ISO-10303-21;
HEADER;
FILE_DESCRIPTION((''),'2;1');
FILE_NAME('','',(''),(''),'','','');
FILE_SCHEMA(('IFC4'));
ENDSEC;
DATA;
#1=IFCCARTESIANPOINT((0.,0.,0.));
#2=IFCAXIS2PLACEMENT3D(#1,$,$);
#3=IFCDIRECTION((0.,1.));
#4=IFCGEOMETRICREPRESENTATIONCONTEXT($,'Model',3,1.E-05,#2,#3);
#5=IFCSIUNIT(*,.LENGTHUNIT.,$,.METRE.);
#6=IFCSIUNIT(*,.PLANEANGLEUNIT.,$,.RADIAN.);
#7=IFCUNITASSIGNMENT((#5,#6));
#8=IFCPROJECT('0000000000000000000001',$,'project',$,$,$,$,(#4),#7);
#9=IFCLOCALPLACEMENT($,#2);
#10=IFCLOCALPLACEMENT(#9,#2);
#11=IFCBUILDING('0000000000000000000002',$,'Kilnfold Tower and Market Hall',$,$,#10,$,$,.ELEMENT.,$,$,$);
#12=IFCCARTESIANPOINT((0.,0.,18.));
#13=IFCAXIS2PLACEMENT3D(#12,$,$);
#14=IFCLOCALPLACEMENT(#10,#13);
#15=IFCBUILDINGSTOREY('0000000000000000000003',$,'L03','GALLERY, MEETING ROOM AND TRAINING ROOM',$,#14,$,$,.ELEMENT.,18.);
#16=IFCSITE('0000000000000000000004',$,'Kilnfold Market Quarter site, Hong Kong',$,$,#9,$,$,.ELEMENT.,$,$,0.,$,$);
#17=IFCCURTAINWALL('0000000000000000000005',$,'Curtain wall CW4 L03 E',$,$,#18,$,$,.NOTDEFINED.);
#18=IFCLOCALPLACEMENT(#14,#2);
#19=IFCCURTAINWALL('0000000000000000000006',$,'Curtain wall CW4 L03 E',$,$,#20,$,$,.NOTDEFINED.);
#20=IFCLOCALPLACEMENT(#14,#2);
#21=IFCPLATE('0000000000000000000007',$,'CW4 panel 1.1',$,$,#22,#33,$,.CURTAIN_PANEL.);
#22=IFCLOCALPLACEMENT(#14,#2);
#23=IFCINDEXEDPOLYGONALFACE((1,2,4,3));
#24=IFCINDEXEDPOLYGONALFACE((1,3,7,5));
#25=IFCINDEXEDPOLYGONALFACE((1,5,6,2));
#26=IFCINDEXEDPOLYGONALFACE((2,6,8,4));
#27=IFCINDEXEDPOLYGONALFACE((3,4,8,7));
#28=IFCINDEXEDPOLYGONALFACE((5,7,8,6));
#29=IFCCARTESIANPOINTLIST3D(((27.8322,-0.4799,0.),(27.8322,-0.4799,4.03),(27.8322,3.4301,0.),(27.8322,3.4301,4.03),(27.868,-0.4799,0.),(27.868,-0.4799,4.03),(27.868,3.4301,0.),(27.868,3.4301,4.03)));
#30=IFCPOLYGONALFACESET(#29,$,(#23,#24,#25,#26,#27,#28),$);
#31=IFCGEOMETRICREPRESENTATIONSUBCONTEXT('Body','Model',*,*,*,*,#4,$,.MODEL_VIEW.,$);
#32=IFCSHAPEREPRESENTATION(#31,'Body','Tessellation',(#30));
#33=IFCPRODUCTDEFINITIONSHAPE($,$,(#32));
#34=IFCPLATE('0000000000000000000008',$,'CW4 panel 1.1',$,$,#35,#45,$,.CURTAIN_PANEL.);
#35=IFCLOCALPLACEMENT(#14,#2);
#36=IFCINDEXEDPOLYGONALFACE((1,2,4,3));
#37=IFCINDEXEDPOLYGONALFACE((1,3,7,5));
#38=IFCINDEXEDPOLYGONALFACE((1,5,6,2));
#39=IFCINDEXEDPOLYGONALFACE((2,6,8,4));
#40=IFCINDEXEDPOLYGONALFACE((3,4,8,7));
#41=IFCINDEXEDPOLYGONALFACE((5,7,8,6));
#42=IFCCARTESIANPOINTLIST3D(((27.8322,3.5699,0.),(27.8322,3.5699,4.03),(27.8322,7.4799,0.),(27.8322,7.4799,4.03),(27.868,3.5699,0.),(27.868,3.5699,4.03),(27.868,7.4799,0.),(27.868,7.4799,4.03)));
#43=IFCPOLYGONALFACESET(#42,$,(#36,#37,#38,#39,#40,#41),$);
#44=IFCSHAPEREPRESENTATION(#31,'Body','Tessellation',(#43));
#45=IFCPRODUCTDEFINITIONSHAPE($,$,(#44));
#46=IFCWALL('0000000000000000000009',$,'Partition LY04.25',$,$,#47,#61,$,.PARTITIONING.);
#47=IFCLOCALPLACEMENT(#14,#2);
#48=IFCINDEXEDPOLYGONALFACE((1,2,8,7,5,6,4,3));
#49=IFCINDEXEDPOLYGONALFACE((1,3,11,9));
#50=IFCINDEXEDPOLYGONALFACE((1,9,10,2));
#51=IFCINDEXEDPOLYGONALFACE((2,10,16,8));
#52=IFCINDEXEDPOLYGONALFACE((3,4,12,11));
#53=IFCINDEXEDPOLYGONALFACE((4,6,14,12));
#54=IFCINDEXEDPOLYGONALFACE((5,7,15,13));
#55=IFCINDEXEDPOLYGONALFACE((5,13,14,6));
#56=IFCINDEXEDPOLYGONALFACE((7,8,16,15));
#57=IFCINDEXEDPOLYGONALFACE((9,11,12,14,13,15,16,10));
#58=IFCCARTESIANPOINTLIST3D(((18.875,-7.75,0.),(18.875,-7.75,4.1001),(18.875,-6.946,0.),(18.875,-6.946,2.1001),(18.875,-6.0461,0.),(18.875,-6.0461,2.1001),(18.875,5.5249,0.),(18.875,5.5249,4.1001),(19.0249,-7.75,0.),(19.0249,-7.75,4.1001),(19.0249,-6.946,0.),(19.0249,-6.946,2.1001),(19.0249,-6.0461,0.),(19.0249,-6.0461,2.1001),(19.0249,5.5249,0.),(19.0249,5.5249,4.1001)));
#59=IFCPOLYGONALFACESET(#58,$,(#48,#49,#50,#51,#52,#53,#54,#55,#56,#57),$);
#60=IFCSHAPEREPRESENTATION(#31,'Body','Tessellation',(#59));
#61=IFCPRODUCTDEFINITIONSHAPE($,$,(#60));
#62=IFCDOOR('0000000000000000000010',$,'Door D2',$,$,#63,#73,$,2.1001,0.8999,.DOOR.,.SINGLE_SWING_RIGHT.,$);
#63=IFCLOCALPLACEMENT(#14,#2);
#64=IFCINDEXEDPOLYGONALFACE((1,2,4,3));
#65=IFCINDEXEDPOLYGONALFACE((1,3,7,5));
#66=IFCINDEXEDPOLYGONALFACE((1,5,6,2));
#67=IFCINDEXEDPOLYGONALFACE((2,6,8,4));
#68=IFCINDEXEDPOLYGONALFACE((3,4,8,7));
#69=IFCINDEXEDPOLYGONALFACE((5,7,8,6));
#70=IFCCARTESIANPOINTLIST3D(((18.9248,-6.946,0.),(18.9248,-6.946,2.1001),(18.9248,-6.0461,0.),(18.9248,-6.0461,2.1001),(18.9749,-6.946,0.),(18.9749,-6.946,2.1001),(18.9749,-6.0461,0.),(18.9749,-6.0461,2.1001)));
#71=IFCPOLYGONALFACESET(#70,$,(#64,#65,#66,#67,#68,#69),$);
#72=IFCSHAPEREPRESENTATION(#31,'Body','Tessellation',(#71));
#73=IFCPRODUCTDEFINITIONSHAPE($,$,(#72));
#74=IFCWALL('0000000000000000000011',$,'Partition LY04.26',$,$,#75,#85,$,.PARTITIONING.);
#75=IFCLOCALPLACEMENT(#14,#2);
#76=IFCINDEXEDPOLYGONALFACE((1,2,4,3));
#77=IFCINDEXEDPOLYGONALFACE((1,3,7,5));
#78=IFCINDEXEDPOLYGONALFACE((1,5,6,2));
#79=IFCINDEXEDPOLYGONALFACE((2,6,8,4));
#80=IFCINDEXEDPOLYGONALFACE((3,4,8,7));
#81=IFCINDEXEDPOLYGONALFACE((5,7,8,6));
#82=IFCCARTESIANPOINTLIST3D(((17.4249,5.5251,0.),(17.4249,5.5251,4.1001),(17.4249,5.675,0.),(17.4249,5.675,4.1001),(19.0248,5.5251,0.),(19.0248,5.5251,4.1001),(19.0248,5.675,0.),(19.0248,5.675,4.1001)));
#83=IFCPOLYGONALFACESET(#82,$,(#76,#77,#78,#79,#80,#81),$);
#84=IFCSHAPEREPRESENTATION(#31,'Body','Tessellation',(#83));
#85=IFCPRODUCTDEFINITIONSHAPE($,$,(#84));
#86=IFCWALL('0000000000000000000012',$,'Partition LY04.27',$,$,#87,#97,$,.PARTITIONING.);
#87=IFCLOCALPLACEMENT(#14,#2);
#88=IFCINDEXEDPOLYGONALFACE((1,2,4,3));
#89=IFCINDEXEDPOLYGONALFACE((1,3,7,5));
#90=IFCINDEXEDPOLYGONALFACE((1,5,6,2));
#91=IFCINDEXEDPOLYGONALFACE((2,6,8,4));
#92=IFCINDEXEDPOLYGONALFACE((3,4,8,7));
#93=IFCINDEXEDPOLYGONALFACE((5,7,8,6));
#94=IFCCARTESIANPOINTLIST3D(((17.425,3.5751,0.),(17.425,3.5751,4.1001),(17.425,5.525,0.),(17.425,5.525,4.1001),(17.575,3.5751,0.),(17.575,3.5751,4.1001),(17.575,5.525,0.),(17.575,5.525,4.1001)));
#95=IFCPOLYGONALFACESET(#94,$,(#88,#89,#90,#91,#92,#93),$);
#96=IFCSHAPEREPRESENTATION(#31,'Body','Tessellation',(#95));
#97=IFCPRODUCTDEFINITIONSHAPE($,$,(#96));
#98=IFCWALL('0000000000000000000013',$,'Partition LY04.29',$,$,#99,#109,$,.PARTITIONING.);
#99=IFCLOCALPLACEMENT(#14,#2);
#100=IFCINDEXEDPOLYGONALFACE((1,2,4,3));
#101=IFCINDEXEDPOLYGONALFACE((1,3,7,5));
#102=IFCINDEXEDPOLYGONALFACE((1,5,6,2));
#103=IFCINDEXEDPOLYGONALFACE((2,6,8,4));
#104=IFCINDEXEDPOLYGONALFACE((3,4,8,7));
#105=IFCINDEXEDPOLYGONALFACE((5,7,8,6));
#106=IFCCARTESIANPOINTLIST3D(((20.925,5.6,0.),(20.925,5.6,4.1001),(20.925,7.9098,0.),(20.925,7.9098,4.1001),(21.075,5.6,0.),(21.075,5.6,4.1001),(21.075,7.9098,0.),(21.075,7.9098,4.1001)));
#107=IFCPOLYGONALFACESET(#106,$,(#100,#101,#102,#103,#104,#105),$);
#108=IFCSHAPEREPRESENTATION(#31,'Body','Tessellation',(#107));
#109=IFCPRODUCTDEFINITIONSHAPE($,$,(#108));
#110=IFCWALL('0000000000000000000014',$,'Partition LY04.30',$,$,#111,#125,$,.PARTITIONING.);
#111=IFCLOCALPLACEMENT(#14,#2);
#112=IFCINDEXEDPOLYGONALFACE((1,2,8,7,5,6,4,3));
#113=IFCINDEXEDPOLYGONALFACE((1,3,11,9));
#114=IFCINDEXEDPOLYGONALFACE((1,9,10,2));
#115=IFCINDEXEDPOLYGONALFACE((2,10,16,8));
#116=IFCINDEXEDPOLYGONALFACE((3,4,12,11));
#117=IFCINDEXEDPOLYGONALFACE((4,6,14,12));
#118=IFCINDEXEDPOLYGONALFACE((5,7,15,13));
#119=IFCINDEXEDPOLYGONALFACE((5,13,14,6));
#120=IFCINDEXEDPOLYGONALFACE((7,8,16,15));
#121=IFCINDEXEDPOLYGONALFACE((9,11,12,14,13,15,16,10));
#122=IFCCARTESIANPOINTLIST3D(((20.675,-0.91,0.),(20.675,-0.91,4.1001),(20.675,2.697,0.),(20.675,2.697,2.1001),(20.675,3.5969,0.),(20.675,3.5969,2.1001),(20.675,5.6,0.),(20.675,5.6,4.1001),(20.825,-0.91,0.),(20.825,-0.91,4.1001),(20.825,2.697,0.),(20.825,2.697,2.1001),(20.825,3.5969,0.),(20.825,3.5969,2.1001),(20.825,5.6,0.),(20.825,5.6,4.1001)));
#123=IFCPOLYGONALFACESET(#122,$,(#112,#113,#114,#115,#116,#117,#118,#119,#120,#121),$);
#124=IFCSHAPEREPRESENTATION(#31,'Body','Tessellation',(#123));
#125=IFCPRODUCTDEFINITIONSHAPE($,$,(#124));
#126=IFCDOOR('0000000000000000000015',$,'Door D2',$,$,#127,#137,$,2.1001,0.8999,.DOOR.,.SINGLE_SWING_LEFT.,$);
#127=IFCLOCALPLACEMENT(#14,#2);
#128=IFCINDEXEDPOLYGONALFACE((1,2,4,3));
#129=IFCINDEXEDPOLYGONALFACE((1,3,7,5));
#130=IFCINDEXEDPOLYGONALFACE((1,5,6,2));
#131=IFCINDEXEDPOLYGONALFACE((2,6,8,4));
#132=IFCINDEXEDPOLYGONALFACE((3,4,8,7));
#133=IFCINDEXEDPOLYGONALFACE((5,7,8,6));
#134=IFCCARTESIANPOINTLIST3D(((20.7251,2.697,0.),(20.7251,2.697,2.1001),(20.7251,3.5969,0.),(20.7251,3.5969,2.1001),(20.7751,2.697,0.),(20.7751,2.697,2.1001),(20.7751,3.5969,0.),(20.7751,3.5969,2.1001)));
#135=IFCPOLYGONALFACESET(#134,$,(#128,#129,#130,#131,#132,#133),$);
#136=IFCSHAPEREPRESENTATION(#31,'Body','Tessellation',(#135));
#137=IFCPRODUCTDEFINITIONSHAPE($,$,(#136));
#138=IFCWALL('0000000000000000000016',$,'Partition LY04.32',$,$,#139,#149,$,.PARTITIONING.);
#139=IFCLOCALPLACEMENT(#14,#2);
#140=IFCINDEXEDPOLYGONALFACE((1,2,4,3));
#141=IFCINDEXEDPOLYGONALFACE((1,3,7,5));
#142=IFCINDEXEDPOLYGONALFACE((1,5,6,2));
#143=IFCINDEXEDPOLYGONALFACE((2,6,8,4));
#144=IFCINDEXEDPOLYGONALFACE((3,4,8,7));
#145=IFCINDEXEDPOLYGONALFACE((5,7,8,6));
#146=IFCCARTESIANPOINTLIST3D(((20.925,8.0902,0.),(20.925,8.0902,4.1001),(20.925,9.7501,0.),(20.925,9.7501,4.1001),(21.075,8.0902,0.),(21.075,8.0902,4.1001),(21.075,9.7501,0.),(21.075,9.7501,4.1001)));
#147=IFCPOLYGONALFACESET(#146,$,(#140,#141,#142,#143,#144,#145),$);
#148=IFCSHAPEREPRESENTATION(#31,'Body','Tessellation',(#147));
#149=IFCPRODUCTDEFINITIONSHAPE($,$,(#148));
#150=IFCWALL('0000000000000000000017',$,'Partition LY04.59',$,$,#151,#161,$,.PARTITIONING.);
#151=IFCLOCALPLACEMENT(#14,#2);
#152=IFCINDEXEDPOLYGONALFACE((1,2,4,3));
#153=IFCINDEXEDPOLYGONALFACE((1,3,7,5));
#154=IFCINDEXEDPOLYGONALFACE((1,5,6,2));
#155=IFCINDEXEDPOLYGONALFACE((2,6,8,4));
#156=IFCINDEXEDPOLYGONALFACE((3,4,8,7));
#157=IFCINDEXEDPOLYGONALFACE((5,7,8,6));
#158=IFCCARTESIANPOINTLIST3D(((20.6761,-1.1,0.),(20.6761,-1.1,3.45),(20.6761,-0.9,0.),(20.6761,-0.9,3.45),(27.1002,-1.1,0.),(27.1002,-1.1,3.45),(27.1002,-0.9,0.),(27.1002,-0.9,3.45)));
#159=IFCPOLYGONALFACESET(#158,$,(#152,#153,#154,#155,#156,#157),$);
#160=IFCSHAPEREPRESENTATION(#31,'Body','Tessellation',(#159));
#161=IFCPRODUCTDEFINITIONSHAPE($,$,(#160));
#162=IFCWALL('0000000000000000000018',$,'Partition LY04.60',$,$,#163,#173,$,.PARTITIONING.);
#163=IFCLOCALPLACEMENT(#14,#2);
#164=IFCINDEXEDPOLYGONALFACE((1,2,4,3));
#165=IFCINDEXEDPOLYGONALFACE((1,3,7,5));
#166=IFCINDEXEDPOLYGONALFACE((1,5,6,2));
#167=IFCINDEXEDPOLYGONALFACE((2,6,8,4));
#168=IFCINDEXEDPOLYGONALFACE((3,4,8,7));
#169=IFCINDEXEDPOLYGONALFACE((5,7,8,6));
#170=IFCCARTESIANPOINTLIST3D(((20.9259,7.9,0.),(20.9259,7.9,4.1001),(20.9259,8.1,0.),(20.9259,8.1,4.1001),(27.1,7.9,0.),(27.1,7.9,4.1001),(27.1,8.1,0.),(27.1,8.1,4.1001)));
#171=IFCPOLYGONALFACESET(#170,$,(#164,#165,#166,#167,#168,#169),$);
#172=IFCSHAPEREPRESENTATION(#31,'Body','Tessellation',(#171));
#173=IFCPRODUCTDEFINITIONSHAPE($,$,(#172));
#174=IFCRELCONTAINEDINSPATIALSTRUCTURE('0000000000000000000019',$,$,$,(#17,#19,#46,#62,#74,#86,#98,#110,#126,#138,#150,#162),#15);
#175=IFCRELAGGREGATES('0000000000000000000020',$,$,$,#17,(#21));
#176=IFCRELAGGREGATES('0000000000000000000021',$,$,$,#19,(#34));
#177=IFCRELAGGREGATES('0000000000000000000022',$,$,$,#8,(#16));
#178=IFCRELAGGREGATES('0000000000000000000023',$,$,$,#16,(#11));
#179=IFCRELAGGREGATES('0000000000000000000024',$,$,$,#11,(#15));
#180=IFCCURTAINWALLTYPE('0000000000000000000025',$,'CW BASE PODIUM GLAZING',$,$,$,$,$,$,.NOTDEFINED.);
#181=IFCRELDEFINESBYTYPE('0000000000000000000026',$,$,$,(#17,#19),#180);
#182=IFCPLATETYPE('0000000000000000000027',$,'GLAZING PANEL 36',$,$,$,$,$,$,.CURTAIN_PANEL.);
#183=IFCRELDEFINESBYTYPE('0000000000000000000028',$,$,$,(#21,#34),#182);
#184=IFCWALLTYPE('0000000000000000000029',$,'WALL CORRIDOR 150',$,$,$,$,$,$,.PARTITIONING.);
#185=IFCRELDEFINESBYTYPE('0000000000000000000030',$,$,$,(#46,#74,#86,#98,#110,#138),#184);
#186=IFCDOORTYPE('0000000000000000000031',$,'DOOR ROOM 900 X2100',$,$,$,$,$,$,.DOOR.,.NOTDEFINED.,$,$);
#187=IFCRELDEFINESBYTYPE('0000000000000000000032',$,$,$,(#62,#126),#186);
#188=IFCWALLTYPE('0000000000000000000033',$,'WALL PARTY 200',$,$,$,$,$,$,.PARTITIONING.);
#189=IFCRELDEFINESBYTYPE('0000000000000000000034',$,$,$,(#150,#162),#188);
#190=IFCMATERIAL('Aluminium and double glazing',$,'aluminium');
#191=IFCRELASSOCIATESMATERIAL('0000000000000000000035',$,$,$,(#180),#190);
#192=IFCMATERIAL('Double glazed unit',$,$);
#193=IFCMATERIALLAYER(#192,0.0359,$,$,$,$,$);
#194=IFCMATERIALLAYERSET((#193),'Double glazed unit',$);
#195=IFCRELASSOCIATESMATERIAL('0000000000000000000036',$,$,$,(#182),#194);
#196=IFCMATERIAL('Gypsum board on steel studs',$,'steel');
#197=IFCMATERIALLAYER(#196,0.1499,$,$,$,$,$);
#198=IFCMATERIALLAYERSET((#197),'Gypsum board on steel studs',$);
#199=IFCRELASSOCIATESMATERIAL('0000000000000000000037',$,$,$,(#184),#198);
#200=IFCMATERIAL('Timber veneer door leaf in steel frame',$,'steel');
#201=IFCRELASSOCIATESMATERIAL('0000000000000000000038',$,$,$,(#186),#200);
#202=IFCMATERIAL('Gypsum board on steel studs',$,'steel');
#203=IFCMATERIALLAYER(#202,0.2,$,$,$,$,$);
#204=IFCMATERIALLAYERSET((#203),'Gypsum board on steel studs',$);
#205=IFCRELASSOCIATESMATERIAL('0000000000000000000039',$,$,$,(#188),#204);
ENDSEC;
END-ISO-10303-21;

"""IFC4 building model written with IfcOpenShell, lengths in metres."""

from ifc_helpers import new_model, si_unit, direction, frame, frame_2d, origin, origin_2d, place, context, subcontext, project, spatial, rectangle, extrude, source, transform, mapped, material, layer, layer_set, type_object, element, fill, aggregate, save


model = new_model("IFC4")

# Units and contexts
model_context = context("Model", 3, precision=1e-05, world=origin(), true_north=direction((0.0, 1.0)))
body_context = subcontext(model_context, "Body", "Model", "MODEL_VIEW")
ifc_project = project(units=[si_unit("LENGTHUNIT", "METRE"), si_unit("PLANEANGLEUNIT", "RADIAN")], contexts=[model_context])

# Site, building, storey
site_placement = place(None, origin())
site = spatial("IfcSite", under=ifc_project, at=site_placement, Name="Kilnfold Market Quarter site, Hong Kong", CompositionType="ELEMENT", RefElevation=0.0)
building_placement = place(site_placement, origin())
building = spatial("IfcBuilding", under=site, at=building_placement, Name="Kilnfold Tower and Market Hall", CompositionType="ELEMENT")
storey_placement = place(building_placement, frame((0.0, 0.0, 18.0)))
storey = spatial("IfcBuildingStorey", under=building, at=storey_placement, Name="L03", Description="GALLERY, MEETING ROOM AND TRAINING ROOM", CompositionType="ELEMENT", Elevation=18.0)

# Curtain walls
ifc_material_1 = material(Name="Aluminium and double glazing", Category="aluminium")
curtain_wall_type = type_object("IfcCurtainWallType", Name="CW BASE PODIUM GLAZING", PredefinedType="NOTDEFINED", material=ifc_material_1)
curtain_wall_1_placement = place(storey_placement, origin())
curtain_wall_1 = element("IfcCurtainWall", 1, at=curtain_wall_1_placement, inside=storey, type_object=curtain_wall_type, Name="Curtain wall CW4 L03 E", PredefinedType="NOTDEFINED")
curtain_wall_2_placement = place(storey_placement, origin())
curtain_wall_2 = element("IfcCurtainWall", 2, at=curtain_wall_2_placement, inside=storey, type_object=curtain_wall_type, Name="Curtain wall CW4 L03 E", PredefinedType="NOTDEFINED")

# Plates
ifc_material_2 = material(Name="Double glazed unit")
ifc_layer_1 = layer(ifc_material_2, 0.0359)
ifc_layer_set_1 = layer_set([ifc_layer_1], Name="Double glazed unit")
plate_type = type_object("IfcPlateType", Name="GLAZING PANEL 36", PredefinedType="CURTAIN_PANEL", material=ifc_layer_set_1)
shared_shape_1 = source(origin(), body_context, "Body", "SweptSolid", [
    extrude(rectangle(XDim=3.9099, YDim=0.0359, at=origin_2d()), origin(), (0.0, 0.0, 1.0), 4.03),
])
plate_1_placement = place(storey_placement, frame((27.8501, 1.4751, 0.0), z_axis=(0.0, 0.0, 1.0), x_axis=(0.0, 1.0, 0.0)))
plate_1 = element("IfcPlate", 3, at=plate_1_placement, type_object=plate_type, Name="CW4 panel 1.1", PredefinedType="CURTAIN_PANEL", context=body_context, shape_type="MappedRepresentation", body=[
    mapped(shared_shape_1, transform((0.0, 0.0, 0.0))),
])
aggregate(curtain_wall_1, [plate_1])
plate_2_placement = place(storey_placement, frame((27.8501, 5.5249, 0.0), z_axis=(0.0, 0.0, 1.0), x_axis=(0.0, 1.0, 0.0)))
plate_2 = element("IfcPlate", 4, at=plate_2_placement, type_object=plate_type, Name="CW4 panel 1.1", PredefinedType="CURTAIN_PANEL", context=body_context, shape_type="MappedRepresentation", body=[
    mapped(shared_shape_1, transform((0.0, 0.0, 0.0))),
])
aggregate(curtain_wall_2, [plate_2])

# Wall, opening, door
ifc_material_3 = material(Name="Gypsum board on steel studs", Category="steel")
ifc_layer_2 = layer(ifc_material_3, 0.1499)
ifc_layer_set_2 = layer_set([ifc_layer_2], Name="Gypsum board on steel studs")
wall_type_1 = type_object("IfcWallType", Name="WALL CORRIDOR 150", PredefinedType="PARTITIONING", material=ifc_layer_set_2)
wall_1_placement = place(storey_placement, frame((18.95, 5.5249, 0.0), z_axis=(0.0, 0.0, 1.0), x_axis=(0.0, -1.0, 0.0)))
wall_1 = element("IfcWall", 5, at=wall_1_placement, inside=storey, type_object=wall_type_1, Name="Partition LY04.25", PredefinedType="PARTITIONING", context=body_context, shape_type="SweptSolid", body=[
    extrude(rectangle(XDim=13.2749, YDim=0.1499, at=frame_2d((6.6375, 0.0))), origin(), (0.0, 0.0, 1.0), 4.1001),
])
opening_1_placement = place(wall_1_placement, frame((11.571, 0.0, 0.0)))
opening_1 = element("IfcOpeningElement", 6, at=opening_1_placement, cuts=wall_1, PredefinedType="OPENING", context=body_context, shape_type="SweptSolid", body=[
    extrude(rectangle(XDim=0.8999, YDim=2.1001, at=frame_2d((0.45, 1.05))), frame((0.0, 0.085, 0.0), z_axis=(0.0, -1.0, 0.0), x_axis=(1.0, 0.0, 0.0)), (0.0, 0.0, 1.0), 0.1699),
])
ifc_material_4 = material(Name="Timber veneer door leaf in steel frame", Category="steel")
door_type = type_object("IfcDoorType", Name="DOOR ROOM 900 X2100", OperationType="NOTDEFINED", PredefinedType="DOOR", material=ifc_material_4)
door_1_placement = place(opening_1_placement, origin())
door_1 = element("IfcDoor", 7, at=door_1_placement, inside=storey, type_object=door_type, Name="Door D2", OperationType="SINGLE_SWING_RIGHT", OverallHeight=2.1001, OverallWidth=0.8999, PredefinedType="DOOR", context=body_context, shape_type="SweptSolid", body=[
    extrude(rectangle(XDim=0.8999, YDim=2.1001, at=frame_2d((0.45, 1.05))), frame((0.0, 0.0249, 0.0), z_axis=(0.0, -1.0, 0.0), x_axis=(1.0, 0.0, 0.0)), (0.0, 0.0, 1.0), 0.05),
])
fill(opening_1, door_1)

# Walls
wall_2_placement = place(storey_placement, frame((17.425, 5.6001, 0.0), z_axis=(0.0, 0.0, 1.0), x_axis=(1.0, 0.0, 0.0)))
element("IfcWall", 8, at=wall_2_placement, inside=storey, type_object=wall_type_1, Name="Partition LY04.26", PredefinedType="PARTITIONING", context=body_context, shape_type="SweptSolid", body=[
    extrude(rectangle(XDim=1.5999, YDim=0.1499, at=frame_2d((0.7998, 0.0))), origin(), (0.0, 0.0, 1.0), 4.1001),
])
wall_3_placement = place(storey_placement, frame((17.5, 3.575, 0.0), z_axis=(0.0, 0.0, 1.0), x_axis=(0.0, 1.0, 0.0)))
element("IfcWall", 9, at=wall_3_placement, inside=storey, type_object=wall_type_1, Name="Partition LY04.27", PredefinedType="PARTITIONING", context=body_context, shape_type="SweptSolid", body=[
    extrude(rectangle(XDim=1.95, YDim=0.1499, at=frame_2d((0.9751, 0.0))), origin(), (0.0, 0.0, 1.0), 4.1001),
])
wall_4_placement = place(storey_placement, frame((21.0, 5.6001, 0.0), z_axis=(0.0, 0.0, 1.0), x_axis=(0.0, 1.0, 0.0)))
element("IfcWall", 10, at=wall_4_placement, inside=storey, type_object=wall_type_1, Name="Partition LY04.29", PredefinedType="PARTITIONING", context=body_context, shape_type="SweptSolid", body=[
    extrude(rectangle(XDim=2.3098, YDim=0.1499, at=frame_2d((1.1548, 0.0))), origin(), (0.0, 0.0, 1.0), 4.1001),
])

# Wall, opening, door
wall_5_placement = place(storey_placement, frame((20.75, -0.9099, 0.0), z_axis=(0.0, 0.0, 1.0), x_axis=(0.0, 1.0, 0.0)))
wall_5 = element("IfcWall", 11, at=wall_5_placement, inside=storey, type_object=wall_type_1, Name="Partition LY04.30", PredefinedType="PARTITIONING", context=body_context, shape_type="SweptSolid", body=[
    extrude(rectangle(XDim=6.51, YDim=0.1499, at=frame_2d((3.2549, 0.0))), origin(), (0.0, 0.0, 1.0), 4.1001),
])
opening_2_placement = place(wall_5_placement, frame((3.6069, 0.0, 0.0)))
opening_2 = element("IfcOpeningElement", 12, at=opening_2_placement, cuts=wall_5, PredefinedType="OPENING", context=body_context, shape_type="SweptSolid", body=[
    extrude(rectangle(XDim=0.8999, YDim=2.1001, at=frame_2d((0.45, 1.05))), frame((0.0, 0.085, 0.0), z_axis=(0.0, -1.0, 0.0), x_axis=(1.0, 0.0, 0.0)), (0.0, 0.0, 1.0), 0.1699),
])
door_2_placement = place(opening_2_placement, origin())
door_2 = element("IfcDoor", 13, at=door_2_placement, inside=storey, type_object=door_type, Name="Door D2", OperationType="SINGLE_SWING_LEFT", OverallHeight=2.1001, OverallWidth=0.8999, PredefinedType="DOOR", context=body_context, shape_type="SweptSolid", body=[
    extrude(rectangle(XDim=0.8999, YDim=2.1001, at=frame_2d((0.45, 1.05))), frame((0.0, 0.0249, 0.0), z_axis=(0.0, -1.0, 0.0), x_axis=(1.0, 0.0, 0.0)), (0.0, 0.0, 1.0), 0.05),
])
fill(opening_2, door_2)

# Walls
wall_6_placement = place(storey_placement, frame((21.0, 8.0901, 0.0), z_axis=(0.0, 0.0, 1.0), x_axis=(0.0, 1.0, 0.0)))
element("IfcWall", 14, at=wall_6_placement, inside=storey, type_object=wall_type_1, Name="Partition LY04.32", PredefinedType="PARTITIONING", context=body_context, shape_type="SweptSolid", body=[
    extrude(rectangle(XDim=1.6599, YDim=0.1499, at=frame_2d((0.8301, 0.0))), origin(), (0.0, 0.0, 1.0), 4.1001),
])
ifc_material_5 = material(Name="Gypsum board on steel studs", Category="steel")
ifc_layer_3 = layer(ifc_material_5, 0.2)
ifc_layer_set_3 = layer_set([ifc_layer_3], Name="Gypsum board on steel studs")
wall_type_2 = type_object("IfcWallType", Name="WALL PARTY 200", PredefinedType="PARTITIONING", material=ifc_layer_set_3)
wall_7_placement = place(storey_placement, frame((27.1001, -1.0, 0.0), z_axis=(0.0, 0.0, 1.0), x_axis=(-1.0, 0.0, 0.0)))
element("IfcWall", 15, at=wall_7_placement, inside=storey, type_object=wall_type_2, Name="Partition LY04.59", PredefinedType="PARTITIONING", context=body_context, shape_type="SweptSolid", body=[
    extrude(rectangle(XDim=6.4241, YDim=0.2, at=frame_2d((3.2119, 0.0))), origin(), (0.0, 0.0, 1.0), 3.45),
])
wall_8_placement = place(storey_placement, frame((20.926, 8.0, 0.0), z_axis=(0.0, 0.0, 1.0), x_axis=(1.0, 0.0, 0.0)))
element("IfcWall", 16, at=wall_8_placement, inside=storey, type_object=wall_type_2, Name="Partition LY04.60", PredefinedType="PARTITIONING", context=body_context, shape_type="SweptSolid", body=[
    extrude(rectangle(XDim=6.1741, YDim=0.2, at=frame_2d((3.0869, 0.0))), origin(), (0.0, 0.0, 1.0), 4.1001),
])

save(model, "model.ifc")
